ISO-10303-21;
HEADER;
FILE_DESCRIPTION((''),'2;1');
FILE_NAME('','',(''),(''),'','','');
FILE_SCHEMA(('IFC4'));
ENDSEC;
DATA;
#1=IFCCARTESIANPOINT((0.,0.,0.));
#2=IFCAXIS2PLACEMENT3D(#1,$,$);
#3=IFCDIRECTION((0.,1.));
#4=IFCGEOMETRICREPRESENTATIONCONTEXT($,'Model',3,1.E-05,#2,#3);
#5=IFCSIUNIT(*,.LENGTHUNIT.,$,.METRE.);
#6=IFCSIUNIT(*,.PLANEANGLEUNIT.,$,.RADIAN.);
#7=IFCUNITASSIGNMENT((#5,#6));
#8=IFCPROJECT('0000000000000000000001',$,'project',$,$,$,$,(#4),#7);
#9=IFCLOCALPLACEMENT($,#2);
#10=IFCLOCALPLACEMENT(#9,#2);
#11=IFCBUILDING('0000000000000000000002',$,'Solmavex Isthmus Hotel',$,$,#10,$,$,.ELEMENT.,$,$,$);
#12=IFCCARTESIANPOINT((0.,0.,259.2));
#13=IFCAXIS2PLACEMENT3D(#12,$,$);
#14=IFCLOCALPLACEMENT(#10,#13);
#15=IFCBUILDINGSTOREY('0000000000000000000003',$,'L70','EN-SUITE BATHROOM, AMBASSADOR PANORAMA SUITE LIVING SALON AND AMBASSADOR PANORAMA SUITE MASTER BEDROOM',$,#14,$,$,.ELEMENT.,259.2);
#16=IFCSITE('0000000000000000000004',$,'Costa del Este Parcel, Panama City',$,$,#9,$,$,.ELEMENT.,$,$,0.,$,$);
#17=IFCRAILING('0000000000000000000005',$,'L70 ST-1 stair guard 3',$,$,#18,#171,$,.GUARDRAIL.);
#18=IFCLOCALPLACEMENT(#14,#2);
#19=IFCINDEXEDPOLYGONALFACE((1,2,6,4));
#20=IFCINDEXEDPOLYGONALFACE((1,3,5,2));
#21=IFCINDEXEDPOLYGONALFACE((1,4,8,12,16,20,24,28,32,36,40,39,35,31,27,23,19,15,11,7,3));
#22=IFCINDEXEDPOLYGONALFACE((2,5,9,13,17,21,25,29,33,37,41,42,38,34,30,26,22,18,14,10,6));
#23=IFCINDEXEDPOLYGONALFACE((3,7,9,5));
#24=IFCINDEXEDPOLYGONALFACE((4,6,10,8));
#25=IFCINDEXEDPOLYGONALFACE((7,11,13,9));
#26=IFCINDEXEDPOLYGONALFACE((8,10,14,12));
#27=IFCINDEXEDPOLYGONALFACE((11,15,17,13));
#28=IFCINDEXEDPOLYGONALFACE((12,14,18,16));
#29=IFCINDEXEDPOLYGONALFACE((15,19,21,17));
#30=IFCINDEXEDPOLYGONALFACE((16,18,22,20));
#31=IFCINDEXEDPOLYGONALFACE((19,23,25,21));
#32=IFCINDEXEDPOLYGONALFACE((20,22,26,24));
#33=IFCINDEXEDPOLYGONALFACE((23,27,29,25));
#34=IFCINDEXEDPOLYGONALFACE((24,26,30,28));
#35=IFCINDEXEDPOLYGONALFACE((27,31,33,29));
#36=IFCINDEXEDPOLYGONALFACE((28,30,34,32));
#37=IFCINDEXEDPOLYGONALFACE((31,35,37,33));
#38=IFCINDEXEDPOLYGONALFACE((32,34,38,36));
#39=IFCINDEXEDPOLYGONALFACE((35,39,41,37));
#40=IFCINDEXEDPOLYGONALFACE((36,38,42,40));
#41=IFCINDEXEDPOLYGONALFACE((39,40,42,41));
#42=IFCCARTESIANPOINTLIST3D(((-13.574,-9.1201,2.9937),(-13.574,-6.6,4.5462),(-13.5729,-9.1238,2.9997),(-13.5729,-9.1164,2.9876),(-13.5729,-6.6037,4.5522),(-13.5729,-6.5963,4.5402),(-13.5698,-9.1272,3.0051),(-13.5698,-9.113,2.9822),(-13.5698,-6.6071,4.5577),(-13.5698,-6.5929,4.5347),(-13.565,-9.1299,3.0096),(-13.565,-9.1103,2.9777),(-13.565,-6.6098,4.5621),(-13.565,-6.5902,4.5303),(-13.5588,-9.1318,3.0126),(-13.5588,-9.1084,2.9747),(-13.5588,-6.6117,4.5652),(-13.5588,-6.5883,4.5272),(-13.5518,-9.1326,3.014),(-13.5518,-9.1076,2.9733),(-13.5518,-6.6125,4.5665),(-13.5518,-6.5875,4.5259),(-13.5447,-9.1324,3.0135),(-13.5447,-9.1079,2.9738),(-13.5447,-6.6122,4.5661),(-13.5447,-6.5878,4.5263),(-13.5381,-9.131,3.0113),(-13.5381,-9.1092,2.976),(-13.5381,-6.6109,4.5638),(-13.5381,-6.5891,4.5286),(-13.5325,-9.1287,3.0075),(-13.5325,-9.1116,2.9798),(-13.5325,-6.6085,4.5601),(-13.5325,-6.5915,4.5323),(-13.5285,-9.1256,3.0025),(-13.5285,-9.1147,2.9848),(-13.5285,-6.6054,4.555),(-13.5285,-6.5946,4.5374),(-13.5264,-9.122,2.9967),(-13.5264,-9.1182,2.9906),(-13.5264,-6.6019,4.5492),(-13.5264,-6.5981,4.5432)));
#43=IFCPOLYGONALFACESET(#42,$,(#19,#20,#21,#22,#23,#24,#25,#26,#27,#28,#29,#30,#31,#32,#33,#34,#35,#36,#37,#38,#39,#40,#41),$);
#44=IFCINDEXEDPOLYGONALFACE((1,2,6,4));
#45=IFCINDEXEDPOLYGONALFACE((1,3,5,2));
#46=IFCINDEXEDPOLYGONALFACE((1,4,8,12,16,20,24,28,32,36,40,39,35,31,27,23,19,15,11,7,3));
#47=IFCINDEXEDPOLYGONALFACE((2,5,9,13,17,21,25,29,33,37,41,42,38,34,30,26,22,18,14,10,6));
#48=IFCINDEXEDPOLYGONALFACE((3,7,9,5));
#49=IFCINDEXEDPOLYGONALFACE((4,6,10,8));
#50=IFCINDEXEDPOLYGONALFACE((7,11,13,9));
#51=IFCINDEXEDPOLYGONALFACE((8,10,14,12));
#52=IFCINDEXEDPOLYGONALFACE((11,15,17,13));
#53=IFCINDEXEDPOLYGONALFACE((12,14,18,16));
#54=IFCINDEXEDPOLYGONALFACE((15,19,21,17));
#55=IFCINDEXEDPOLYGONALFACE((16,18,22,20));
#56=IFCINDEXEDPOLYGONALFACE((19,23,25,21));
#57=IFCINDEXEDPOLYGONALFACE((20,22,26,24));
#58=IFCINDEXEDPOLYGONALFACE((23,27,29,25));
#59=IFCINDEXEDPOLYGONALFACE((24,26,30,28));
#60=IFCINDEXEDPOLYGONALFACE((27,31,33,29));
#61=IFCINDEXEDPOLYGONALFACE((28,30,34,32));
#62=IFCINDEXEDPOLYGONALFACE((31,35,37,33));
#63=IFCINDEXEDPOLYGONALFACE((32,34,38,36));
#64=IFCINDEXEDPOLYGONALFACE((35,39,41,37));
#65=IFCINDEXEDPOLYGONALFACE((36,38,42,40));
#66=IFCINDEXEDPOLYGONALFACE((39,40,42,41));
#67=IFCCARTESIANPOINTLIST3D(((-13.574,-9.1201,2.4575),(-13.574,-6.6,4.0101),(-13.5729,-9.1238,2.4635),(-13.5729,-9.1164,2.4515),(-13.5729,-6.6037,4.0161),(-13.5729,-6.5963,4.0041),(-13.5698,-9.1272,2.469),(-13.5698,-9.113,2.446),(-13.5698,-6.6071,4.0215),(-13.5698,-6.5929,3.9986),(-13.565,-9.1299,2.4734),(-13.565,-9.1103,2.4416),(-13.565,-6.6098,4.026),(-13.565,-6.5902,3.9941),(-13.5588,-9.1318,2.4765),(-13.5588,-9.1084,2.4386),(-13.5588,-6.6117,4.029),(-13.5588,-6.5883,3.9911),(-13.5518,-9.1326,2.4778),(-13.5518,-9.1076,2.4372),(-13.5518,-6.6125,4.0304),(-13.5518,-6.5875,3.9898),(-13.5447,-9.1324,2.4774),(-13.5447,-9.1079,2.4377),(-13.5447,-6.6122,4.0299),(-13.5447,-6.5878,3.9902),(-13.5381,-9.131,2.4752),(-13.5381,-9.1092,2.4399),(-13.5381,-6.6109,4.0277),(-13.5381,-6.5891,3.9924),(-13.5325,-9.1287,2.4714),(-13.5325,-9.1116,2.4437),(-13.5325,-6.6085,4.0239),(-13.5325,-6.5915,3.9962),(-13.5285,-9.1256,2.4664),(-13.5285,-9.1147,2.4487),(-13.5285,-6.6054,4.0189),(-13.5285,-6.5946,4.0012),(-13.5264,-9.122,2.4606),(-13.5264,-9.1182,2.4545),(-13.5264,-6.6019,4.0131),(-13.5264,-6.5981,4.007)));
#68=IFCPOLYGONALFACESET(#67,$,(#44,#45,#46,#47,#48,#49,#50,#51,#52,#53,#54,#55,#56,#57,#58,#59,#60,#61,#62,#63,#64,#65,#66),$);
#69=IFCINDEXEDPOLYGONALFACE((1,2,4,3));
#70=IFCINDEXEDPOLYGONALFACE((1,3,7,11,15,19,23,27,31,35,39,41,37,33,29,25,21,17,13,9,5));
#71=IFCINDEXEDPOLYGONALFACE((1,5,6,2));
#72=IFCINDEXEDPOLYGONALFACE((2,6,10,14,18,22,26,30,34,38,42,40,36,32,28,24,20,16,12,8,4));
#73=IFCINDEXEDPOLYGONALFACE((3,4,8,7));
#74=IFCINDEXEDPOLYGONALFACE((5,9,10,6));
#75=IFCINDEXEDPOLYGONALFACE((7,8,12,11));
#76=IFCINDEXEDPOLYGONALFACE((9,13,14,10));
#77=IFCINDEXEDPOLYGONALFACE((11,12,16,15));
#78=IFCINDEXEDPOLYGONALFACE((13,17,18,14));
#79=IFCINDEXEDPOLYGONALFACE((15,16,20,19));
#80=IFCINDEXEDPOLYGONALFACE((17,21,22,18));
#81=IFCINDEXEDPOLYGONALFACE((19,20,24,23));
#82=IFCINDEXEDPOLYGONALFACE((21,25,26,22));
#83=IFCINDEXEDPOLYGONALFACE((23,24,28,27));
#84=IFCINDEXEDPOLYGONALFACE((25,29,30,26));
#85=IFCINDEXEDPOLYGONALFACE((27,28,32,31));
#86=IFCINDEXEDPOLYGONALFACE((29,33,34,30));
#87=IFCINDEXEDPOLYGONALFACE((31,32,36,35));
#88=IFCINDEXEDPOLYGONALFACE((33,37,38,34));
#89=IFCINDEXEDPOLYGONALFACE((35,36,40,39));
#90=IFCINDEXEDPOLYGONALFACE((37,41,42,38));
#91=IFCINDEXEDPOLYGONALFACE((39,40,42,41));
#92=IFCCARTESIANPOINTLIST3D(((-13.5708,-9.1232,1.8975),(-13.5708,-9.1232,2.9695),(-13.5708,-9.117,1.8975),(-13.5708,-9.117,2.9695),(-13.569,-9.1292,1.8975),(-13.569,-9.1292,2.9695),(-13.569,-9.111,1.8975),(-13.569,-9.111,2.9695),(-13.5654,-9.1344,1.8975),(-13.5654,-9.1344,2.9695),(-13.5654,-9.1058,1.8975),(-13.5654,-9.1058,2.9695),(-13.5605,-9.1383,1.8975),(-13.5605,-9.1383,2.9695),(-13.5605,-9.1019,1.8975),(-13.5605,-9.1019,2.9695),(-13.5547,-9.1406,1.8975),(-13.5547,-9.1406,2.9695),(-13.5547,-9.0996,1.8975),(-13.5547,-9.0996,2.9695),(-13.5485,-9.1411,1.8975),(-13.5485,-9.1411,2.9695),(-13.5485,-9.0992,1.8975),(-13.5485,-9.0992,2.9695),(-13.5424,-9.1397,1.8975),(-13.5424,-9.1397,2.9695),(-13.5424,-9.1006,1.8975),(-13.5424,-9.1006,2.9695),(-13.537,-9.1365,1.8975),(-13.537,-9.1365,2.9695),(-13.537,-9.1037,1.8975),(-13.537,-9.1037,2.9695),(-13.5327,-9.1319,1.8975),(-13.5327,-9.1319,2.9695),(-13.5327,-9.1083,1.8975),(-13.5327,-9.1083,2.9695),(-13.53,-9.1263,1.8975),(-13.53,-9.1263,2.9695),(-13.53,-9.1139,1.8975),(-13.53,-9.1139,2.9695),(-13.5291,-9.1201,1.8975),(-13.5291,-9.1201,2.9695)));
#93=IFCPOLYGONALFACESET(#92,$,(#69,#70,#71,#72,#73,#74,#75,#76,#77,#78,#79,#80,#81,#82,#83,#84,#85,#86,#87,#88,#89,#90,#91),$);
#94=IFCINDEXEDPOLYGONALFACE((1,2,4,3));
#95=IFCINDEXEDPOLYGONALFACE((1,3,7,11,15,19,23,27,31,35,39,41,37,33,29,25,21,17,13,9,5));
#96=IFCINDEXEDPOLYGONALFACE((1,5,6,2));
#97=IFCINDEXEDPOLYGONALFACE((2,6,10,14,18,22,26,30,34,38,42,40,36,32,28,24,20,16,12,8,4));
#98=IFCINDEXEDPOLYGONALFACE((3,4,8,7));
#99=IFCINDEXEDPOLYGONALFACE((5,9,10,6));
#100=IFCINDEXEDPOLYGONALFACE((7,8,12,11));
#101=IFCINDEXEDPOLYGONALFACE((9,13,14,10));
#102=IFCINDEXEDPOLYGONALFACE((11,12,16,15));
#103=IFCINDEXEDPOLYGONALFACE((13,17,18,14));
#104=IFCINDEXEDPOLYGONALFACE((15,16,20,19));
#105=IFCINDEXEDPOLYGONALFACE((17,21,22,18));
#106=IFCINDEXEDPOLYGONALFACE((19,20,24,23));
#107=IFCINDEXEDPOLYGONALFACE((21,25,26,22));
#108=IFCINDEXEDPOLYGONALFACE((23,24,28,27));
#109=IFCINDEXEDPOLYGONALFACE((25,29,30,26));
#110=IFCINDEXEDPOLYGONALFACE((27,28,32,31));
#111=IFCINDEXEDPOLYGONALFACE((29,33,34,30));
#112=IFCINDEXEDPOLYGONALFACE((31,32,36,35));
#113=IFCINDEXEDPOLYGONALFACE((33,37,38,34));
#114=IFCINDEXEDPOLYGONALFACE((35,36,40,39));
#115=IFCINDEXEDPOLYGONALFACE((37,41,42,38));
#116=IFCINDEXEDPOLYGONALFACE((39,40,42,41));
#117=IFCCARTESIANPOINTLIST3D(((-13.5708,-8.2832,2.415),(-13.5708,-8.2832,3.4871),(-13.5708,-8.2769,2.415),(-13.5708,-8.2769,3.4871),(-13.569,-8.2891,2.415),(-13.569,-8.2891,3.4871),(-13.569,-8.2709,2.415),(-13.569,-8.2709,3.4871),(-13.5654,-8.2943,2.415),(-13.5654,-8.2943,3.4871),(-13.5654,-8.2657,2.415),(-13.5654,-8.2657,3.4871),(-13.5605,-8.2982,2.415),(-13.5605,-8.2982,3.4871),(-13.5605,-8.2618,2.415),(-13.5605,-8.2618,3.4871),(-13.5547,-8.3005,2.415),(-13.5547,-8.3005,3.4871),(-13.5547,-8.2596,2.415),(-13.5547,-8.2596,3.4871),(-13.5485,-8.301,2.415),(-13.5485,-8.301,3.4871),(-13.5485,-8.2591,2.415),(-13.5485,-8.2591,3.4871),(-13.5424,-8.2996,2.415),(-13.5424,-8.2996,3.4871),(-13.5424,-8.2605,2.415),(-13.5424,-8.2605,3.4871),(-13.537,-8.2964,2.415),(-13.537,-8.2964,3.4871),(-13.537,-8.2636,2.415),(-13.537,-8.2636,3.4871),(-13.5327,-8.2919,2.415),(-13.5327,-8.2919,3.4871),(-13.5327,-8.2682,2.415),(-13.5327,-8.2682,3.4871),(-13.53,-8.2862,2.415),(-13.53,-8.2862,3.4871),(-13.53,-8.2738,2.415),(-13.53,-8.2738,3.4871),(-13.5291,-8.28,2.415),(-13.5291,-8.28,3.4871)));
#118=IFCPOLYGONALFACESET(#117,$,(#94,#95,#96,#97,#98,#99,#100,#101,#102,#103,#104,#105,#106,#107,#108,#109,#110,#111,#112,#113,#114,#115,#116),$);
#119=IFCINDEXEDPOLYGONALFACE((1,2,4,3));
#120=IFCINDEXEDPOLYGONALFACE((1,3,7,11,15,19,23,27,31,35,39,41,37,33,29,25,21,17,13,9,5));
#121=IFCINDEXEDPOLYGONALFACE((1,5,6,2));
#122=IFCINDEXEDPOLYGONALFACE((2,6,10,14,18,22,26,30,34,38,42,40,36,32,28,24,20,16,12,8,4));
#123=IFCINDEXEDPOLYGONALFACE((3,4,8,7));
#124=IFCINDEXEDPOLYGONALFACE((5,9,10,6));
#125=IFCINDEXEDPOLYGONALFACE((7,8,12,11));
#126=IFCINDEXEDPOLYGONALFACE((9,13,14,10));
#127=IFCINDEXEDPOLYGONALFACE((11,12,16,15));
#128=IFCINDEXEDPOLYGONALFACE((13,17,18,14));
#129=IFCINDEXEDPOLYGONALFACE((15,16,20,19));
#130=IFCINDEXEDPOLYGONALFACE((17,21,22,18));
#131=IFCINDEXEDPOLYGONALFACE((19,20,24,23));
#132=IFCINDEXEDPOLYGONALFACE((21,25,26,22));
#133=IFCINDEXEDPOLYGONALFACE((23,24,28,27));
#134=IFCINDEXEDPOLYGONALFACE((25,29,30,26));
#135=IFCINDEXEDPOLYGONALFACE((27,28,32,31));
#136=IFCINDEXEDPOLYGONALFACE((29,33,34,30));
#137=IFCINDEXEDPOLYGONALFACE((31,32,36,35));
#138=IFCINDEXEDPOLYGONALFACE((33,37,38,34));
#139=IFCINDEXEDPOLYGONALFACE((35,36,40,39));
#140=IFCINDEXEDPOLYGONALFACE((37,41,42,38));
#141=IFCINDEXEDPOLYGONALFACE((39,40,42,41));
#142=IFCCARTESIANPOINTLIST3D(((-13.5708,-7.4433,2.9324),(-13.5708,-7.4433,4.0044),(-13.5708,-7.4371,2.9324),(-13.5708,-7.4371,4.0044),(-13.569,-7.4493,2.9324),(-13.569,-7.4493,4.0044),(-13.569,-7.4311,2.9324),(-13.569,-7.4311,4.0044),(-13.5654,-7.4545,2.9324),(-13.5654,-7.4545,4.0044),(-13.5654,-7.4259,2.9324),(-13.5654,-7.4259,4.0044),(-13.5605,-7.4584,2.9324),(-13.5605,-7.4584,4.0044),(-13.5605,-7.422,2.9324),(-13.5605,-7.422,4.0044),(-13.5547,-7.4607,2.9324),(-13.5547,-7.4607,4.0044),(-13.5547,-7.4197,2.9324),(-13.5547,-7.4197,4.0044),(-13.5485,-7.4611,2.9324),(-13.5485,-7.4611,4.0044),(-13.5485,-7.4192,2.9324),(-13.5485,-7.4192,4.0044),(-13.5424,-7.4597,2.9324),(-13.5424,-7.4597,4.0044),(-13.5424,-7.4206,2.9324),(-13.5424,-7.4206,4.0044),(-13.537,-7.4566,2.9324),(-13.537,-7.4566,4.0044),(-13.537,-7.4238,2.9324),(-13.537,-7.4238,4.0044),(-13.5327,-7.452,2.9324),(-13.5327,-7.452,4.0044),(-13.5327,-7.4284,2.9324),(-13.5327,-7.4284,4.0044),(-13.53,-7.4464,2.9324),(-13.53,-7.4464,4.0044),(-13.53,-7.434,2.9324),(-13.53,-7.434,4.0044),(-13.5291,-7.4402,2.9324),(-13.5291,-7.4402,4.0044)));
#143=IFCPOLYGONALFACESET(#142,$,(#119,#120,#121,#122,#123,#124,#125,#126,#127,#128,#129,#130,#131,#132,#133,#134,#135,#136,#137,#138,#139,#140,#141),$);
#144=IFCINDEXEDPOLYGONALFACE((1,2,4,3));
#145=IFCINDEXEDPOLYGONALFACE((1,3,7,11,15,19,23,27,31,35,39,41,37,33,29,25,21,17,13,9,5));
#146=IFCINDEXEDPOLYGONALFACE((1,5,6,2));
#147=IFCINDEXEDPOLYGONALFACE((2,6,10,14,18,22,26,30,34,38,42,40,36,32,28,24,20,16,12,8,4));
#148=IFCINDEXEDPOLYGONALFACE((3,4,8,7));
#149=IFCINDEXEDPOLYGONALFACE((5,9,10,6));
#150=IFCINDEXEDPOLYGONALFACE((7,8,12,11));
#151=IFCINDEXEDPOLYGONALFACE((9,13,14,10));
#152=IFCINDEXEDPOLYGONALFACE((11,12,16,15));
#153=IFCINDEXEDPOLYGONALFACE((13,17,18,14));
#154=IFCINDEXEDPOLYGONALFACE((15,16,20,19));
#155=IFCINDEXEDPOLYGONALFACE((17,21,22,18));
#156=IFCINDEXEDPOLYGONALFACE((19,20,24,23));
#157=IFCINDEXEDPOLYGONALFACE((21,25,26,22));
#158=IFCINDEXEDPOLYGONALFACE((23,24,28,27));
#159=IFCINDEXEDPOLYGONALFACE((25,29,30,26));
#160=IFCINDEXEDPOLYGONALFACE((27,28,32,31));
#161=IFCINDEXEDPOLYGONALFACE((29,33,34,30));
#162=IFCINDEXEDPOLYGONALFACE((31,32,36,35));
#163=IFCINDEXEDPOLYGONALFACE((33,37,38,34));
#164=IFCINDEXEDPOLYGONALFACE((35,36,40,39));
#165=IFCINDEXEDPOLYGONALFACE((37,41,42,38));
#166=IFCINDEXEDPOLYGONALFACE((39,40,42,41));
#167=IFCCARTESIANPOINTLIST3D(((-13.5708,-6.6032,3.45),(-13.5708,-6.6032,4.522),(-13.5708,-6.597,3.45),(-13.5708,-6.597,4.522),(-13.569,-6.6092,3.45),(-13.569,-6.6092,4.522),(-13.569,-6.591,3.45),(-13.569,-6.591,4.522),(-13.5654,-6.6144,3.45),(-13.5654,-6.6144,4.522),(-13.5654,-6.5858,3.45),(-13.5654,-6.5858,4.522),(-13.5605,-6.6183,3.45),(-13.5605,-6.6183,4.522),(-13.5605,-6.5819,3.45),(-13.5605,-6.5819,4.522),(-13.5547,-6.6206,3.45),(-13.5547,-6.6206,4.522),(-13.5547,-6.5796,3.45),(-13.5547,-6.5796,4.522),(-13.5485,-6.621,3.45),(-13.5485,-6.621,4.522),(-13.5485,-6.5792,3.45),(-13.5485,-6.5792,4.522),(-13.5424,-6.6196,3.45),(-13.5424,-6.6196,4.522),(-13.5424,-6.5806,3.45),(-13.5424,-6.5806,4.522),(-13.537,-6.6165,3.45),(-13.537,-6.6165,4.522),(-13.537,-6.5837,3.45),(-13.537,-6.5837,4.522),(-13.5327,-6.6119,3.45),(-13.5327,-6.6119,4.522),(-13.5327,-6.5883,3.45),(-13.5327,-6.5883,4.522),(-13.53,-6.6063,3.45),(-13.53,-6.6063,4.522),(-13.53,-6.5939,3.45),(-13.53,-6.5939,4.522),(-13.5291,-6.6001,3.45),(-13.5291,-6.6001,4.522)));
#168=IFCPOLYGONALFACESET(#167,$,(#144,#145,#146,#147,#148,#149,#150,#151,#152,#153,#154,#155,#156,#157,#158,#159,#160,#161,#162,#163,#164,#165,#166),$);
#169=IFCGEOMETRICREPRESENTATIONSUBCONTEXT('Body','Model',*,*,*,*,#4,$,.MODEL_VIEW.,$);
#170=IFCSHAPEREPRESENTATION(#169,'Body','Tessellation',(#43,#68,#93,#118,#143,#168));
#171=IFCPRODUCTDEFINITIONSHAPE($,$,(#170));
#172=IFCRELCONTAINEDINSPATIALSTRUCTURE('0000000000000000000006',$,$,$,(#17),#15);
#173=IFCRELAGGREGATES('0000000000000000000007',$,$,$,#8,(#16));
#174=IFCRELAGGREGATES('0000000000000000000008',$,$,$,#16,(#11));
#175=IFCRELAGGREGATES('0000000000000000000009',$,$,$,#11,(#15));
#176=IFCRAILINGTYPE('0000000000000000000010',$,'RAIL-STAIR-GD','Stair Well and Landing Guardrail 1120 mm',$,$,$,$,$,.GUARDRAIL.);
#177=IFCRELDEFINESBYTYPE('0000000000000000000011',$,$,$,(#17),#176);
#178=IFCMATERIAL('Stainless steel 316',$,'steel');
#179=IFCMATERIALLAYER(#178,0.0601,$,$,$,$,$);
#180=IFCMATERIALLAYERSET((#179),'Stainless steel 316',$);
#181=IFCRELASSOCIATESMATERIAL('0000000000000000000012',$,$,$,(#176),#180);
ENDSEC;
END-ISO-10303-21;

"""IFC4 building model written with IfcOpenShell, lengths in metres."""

from ifc_helpers import new_model, si_unit, direction, frame, origin, origin_2d, place, context, subcontext, project, spatial, circle, extrude, material, layer, layer_set, type_object, element, save


model = new_model("IFC4")

# Units and contexts
model_context = context("Model", 3, precision=1e-05, world=origin(), true_north=direction((0.0, 1.0)))
body_context = subcontext(model_context, "Body", "Model", "MODEL_VIEW")
ifc_project = project(units=[si_unit("LENGTHUNIT", "METRE"), si_unit("PLANEANGLEUNIT", "RADIAN")], contexts=[model_context])

# Site, building, storey
site_placement = place(None, origin())
site = spatial("IfcSite", under=ifc_project, at=site_placement, Name="Costa del Este Parcel, Panama City", CompositionType="ELEMENT", RefElevation=0.0)
building_placement = place(site_placement, origin())
building = spatial("IfcBuilding", under=site, at=building_placement, Name="Solmavex Isthmus Hotel", CompositionType="ELEMENT")
storey_placement = place(building_placement, frame((0.0, 0.0, 259.2)))
storey = spatial("IfcBuildingStorey", under=building, at=storey_placement, Name="L70", Description="EN-SUITE BATHROOM, AMBASSADOR PANORAMA SUITE LIVING SALON AND AMBASSADOR PANORAMA SUITE MASTER BEDROOM", CompositionType="ELEMENT", Elevation=259.2)

# Railing
ifc_material_1 = material(Name="Stainless steel 316", Category="steel")
ifc_layer_1 = layer(ifc_material_1, 0.0601)
ifc_layer_set_1 = layer_set([ifc_layer_1], Name="Stainless steel 316")
railing_type_1 = type_object("IfcRailingType", Name="RAIL-STAIR-GD", Description="Stair Well and Landing Guardrail 1120 mm", PredefinedType="GUARDRAIL", material=ifc_layer_set_1)
railing_1_placement = place(storey_placement, frame((-13.55, -9.1201, 1.8975)))
element("IfcRailing", 1, at=railing_1_placement, inside=storey, type_object=railing_type_1, Name="L70 ST-1 stair guard 3", PredefinedType="GUARDRAIL", context=body_context, shape_type="SweptSolid", body=[
    extrude(circle(Radius=0.0239, at=origin_2d()), frame((0.0, 0.0, 1.0962), z_axis=(0.0, 0.8514, 0.524516), x_axis=(-1.0, 0.0, 0.0)), (0.0, 0.0, 1.0), 2.96),
    extrude(circle(Radius=0.0239, at=origin_2d()), frame((0.0, 0.0, 0.5601), z_axis=(0.0, 0.8514, 0.524516), x_axis=(-1.0, 0.0, 0.0)), (0.0, 0.0, 1.0), 2.96),
    extrude(circle(Radius=0.021, at=origin_2d()), origin(), (0.0, 0.0, 1.0), 1.072),
    extrude(circle(Radius=0.021, at=origin_2d()), frame((0.0, 0.8401, 0.5176)), (0.0, 0.0, 1.0), 1.072),
    extrude(circle(Radius=0.021, at=origin_2d()), frame((0.0, 1.6799, 1.0349)), (0.0, 0.0, 1.0), 1.072),
    extrude(circle(Radius=0.021, at=origin_2d()), frame((0.0, 2.52, 1.5525)), (0.0, 0.0, 1.0), 1.072),
])

save(model, "model.ifc")
